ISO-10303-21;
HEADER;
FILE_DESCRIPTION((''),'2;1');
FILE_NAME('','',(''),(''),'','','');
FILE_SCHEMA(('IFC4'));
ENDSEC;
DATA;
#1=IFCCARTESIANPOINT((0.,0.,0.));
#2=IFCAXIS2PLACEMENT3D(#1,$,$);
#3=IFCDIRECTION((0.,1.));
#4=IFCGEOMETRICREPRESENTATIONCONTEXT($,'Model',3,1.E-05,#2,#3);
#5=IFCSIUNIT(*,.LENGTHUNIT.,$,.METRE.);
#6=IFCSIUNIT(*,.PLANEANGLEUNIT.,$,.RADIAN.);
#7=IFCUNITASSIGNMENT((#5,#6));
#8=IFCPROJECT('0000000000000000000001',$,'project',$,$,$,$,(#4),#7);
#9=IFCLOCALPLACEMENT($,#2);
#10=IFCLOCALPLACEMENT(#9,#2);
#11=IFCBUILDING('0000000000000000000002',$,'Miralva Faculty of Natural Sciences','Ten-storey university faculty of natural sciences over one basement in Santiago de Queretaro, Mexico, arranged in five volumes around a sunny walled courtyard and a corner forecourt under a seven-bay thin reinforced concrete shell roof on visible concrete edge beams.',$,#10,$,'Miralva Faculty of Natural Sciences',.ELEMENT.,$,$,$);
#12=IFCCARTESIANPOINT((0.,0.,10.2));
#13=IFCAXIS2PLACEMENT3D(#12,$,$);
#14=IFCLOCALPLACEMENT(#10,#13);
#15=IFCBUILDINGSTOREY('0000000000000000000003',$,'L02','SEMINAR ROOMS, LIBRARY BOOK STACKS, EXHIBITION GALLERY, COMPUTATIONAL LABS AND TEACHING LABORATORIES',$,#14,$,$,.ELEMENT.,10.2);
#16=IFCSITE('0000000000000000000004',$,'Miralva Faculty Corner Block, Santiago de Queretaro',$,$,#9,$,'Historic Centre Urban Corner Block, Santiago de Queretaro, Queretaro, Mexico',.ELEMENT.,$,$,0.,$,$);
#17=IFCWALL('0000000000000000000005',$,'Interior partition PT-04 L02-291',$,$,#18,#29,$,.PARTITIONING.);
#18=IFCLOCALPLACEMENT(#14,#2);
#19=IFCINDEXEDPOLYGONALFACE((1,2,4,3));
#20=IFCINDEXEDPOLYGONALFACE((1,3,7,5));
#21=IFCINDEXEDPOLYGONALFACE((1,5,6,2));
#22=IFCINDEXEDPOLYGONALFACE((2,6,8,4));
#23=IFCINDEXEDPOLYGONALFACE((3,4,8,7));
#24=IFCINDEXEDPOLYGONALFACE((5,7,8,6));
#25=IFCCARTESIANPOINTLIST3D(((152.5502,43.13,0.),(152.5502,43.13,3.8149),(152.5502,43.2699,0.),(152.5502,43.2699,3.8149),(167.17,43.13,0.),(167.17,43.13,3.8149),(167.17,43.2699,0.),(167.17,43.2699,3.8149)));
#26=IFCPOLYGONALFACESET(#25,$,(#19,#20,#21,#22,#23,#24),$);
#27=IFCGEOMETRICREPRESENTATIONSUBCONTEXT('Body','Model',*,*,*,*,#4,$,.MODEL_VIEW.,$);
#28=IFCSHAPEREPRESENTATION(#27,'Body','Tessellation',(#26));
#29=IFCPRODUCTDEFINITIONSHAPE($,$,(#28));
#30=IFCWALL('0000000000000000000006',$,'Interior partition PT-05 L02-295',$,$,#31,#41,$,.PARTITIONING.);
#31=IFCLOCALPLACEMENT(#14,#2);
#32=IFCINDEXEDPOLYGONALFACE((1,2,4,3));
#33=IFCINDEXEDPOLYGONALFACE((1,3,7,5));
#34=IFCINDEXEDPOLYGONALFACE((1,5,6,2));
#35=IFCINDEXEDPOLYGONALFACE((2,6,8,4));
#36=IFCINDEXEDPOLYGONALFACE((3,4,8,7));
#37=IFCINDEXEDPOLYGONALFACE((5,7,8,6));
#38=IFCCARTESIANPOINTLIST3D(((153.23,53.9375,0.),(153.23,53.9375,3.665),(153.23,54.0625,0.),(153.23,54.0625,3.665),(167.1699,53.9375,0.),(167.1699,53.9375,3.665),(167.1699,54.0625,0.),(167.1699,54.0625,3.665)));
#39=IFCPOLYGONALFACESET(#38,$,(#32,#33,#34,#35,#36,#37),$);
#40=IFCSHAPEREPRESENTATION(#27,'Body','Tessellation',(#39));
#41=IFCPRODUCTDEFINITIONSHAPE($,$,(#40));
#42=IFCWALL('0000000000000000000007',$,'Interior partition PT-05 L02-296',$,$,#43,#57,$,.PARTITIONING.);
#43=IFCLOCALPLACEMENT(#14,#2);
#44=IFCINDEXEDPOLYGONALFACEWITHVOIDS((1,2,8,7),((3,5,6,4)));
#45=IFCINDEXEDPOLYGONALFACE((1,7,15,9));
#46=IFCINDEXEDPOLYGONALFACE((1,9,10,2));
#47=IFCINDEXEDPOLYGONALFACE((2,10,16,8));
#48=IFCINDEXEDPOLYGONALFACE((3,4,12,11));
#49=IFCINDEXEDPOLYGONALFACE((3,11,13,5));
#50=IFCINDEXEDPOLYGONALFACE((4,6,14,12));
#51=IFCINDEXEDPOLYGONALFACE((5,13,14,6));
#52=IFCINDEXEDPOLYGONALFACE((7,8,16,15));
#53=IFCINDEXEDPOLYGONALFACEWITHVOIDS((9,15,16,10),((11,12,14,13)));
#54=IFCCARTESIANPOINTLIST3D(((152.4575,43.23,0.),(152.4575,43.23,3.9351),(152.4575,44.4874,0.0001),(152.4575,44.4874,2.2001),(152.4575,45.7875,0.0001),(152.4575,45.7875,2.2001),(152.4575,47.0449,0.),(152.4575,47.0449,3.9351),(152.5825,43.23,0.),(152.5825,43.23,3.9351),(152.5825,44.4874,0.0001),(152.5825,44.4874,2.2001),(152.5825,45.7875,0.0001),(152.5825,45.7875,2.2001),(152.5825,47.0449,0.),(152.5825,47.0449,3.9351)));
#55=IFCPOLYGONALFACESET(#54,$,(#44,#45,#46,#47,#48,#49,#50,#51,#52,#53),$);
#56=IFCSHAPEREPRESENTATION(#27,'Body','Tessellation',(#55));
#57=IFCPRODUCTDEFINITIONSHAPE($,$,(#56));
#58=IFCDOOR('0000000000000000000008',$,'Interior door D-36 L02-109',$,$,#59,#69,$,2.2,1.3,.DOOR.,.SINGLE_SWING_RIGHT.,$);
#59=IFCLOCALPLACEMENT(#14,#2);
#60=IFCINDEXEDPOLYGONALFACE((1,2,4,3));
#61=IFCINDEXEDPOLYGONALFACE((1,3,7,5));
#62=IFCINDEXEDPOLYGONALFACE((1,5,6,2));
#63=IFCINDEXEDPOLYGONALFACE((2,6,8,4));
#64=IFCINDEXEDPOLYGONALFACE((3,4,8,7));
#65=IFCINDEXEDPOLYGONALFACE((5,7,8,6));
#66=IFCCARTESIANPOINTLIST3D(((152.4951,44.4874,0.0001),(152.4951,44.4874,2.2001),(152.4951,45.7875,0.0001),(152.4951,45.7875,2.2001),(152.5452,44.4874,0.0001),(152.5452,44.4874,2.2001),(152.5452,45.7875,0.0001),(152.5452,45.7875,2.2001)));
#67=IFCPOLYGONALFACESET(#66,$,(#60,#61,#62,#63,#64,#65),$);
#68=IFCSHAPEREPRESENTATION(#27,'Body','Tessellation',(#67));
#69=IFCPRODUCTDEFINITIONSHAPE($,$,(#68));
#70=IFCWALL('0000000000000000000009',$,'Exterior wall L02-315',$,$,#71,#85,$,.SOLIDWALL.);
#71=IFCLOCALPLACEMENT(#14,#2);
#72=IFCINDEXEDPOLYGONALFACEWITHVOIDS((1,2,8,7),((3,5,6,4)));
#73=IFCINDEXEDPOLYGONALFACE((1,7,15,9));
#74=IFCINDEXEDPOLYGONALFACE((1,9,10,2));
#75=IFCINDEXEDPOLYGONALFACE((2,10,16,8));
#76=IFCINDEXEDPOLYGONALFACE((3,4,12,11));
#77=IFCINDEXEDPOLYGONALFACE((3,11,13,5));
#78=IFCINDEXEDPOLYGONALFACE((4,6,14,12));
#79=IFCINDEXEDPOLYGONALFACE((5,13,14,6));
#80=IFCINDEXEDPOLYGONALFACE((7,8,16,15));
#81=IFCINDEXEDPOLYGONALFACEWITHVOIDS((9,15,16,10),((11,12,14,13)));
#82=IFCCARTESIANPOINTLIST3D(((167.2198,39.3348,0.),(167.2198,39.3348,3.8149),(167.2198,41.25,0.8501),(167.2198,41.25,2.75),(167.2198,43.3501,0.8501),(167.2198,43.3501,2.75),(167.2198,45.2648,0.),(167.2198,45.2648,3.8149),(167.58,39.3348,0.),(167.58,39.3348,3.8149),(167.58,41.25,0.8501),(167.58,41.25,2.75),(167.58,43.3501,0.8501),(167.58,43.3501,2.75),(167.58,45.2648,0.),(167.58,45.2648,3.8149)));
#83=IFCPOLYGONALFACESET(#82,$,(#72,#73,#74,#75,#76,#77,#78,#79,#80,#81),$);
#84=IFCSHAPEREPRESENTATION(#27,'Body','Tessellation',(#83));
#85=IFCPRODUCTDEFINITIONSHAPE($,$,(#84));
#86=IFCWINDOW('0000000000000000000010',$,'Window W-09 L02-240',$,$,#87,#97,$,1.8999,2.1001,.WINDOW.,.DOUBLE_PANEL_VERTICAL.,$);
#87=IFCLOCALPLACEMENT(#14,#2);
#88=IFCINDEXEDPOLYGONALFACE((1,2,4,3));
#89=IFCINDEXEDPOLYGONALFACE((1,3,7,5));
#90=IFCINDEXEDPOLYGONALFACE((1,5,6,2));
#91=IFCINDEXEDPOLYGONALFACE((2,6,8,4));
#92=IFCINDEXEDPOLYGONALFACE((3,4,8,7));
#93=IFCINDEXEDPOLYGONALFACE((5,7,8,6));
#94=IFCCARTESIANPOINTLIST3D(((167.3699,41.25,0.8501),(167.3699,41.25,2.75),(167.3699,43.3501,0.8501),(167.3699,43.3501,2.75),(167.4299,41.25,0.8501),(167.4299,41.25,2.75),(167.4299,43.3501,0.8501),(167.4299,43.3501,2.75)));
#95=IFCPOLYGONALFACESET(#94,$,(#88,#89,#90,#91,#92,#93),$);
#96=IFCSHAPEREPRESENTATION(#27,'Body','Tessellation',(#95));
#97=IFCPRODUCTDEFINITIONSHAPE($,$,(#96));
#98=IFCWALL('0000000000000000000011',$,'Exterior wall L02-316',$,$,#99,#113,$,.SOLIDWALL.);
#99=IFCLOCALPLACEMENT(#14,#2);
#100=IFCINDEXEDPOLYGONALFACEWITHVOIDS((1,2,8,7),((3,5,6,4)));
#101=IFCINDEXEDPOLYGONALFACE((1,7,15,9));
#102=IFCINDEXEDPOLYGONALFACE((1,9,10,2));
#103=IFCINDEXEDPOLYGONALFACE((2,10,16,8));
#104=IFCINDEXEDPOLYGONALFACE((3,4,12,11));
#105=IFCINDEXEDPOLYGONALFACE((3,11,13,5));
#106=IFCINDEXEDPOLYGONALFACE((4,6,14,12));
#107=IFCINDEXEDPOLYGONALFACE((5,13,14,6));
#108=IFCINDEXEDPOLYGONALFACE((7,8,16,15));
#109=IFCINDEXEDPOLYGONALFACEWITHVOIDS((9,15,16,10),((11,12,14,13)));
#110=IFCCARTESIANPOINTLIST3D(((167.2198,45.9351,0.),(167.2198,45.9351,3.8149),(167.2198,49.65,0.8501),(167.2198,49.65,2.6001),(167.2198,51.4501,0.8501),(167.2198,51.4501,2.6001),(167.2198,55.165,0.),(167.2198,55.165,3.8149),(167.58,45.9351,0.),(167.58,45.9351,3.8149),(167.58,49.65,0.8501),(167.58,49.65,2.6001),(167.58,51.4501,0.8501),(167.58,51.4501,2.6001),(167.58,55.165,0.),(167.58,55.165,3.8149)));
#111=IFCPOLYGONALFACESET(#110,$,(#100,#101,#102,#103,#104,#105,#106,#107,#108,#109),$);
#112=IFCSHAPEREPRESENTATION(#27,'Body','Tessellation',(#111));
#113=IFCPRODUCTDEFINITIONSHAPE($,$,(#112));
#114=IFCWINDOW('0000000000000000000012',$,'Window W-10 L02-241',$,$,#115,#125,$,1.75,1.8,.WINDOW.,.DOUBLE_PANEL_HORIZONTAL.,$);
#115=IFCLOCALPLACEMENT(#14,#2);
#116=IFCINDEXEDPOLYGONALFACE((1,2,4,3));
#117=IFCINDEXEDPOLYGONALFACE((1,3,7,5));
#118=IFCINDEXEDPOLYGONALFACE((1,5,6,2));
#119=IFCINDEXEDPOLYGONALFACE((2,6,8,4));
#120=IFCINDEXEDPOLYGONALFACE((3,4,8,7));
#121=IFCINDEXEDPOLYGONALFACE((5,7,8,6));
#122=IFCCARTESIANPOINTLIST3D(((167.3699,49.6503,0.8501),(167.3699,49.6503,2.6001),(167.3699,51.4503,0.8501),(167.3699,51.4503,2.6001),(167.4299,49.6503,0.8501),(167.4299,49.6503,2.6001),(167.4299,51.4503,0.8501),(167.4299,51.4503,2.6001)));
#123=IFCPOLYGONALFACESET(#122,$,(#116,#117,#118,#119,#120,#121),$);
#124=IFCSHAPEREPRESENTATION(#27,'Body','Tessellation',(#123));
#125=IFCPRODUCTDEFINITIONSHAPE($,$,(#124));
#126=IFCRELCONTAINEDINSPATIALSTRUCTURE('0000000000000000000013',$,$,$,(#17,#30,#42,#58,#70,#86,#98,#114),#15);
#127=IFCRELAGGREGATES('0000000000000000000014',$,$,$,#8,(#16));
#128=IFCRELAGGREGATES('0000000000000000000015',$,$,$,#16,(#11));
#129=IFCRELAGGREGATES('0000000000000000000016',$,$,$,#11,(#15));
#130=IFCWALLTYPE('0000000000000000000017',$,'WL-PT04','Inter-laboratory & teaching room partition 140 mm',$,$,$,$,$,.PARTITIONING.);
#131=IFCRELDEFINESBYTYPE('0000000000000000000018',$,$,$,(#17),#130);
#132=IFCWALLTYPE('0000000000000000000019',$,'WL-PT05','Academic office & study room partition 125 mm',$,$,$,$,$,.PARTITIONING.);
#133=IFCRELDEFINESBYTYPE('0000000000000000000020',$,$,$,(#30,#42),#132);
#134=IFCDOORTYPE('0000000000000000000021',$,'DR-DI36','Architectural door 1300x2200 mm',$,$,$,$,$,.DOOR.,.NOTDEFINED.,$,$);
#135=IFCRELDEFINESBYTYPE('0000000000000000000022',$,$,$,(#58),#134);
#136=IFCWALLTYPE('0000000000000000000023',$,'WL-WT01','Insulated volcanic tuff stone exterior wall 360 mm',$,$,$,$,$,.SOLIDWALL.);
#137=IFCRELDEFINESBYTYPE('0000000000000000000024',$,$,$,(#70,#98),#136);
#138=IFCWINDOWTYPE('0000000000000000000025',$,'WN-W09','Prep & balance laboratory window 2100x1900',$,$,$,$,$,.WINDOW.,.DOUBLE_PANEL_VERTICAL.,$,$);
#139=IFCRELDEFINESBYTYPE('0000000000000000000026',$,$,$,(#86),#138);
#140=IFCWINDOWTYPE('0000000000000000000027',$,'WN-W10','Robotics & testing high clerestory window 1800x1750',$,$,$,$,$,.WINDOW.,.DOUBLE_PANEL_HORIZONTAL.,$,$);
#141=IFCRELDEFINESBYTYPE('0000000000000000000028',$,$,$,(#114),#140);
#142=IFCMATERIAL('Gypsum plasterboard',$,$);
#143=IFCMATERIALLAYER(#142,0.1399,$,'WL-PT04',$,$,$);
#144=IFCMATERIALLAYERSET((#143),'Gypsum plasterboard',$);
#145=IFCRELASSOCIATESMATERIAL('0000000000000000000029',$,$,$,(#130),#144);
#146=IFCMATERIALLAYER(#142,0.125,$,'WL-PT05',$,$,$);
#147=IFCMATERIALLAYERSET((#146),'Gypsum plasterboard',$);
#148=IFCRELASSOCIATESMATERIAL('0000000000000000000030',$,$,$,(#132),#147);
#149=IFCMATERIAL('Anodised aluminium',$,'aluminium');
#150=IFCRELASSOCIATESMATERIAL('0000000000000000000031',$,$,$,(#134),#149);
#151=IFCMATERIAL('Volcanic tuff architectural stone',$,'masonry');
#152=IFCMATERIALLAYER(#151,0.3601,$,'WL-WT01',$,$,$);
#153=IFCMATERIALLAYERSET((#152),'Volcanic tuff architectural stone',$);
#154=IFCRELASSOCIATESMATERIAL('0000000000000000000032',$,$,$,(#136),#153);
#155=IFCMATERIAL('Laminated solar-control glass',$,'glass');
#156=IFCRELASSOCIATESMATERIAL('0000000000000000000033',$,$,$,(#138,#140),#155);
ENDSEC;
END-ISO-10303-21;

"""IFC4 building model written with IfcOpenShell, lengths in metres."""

from ifc_helpers import new_model, si_unit, direction, frame, frame_2d, origin, place, context, subcontext, project, spatial, rectangle, extrude, material, layer, layer_set, type_object, element, fill, save


model = new_model("IFC4")

# Units and contexts
model_context = context("Model", 3, precision=1e-05, world=origin(), true_north=direction((0.0, 1.0)))
body_context = subcontext(model_context, "Body", "Model", "MODEL_VIEW")
ifc_project = project(units=[si_unit("LENGTHUNIT", "METRE"), si_unit("PLANEANGLEUNIT", "RADIAN")], contexts=[model_context])

# Site, building, storey
site_placement = place(None, origin())
site = spatial("IfcSite", under=ifc_project, at=site_placement, Name="Miralva Faculty Corner Block, Santiago de Queretaro", LongName="Historic Centre Urban Corner Block, Santiago de Queretaro, Queretaro, Mexico", CompositionType="ELEMENT", RefElevation=0.0)
building_placement = place(site_placement, origin())
building = spatial("IfcBuilding", under=site, at=building_placement, Name="Miralva Faculty of Natural Sciences", Description="Ten-storey university faculty of natural sciences over one basement in Santiago de Queretaro, Mexico, arranged in five volumes around a sunny walled courtyard and a corner forecourt under a seven-bay thin reinforced concrete shell roof on visible concrete edge beams.", LongName="Miralva Faculty of Natural Sciences", CompositionType="ELEMENT")
storey_placement = place(building_placement, frame((0.0, 0.0, 10.2)))
storey = spatial("IfcBuildingStorey", under=building, at=storey_placement, Name="L02", Description="SEMINAR ROOMS, LIBRARY BOOK STACKS, EXHIBITION GALLERY, COMPUTATIONAL LABS AND TEACHING LABORATORIES", CompositionType="ELEMENT", Elevation=10.2)

# Walls
ifc_material_1 = material(Name="Gypsum plasterboard")
ifc_layer_1 = layer(ifc_material_1, 0.1399, Name="WL-PT04")
ifc_layer_set_1 = layer_set([ifc_layer_1], Name="Gypsum plasterboard")
wall_type_1 = type_object("IfcWallType", Name="WL-PT04", Description="Inter-laboratory & teaching room partition 140 mm", PredefinedType="PARTITIONING", material=ifc_layer_set_1)
wall_1_placement = place(storey_placement, frame((152.55, 43.2, 0.0), z_axis=(0.0, 0.0, 1.0), x_axis=(1.0, 0.0, 0.0)))
element("IfcWall", 1, at=wall_1_placement, inside=storey, type_object=wall_type_1, Name="Interior partition PT-04 L02-291", PredefinedType="PARTITIONING", context=body_context, shape_type="SweptSolid", body=[
    extrude(rectangle(XDim=14.6199, YDim=0.1399, at=frame_2d((7.3101, 0.0))), origin(), (0.0, 0.0, 1.0), 3.8149),
])
ifc_layer_2 = layer(ifc_material_1, 0.125, Name="WL-PT05")
ifc_layer_set_2 = layer_set([ifc_layer_2], Name="Gypsum plasterboard")
wall_type_2 = type_object("IfcWallType", Name="WL-PT05", Description="Academic office & study room partition 125 mm", PredefinedType="PARTITIONING", material=ifc_layer_set_2)
wall_2_placement = place(storey_placement, frame((153.23, 54.0, 0.0), z_axis=(0.0, 0.0, 1.0), x_axis=(1.0, 0.0, 0.0)))
element("IfcWall", 2, at=wall_2_placement, inside=storey, type_object=wall_type_2, Name="Interior partition PT-05 L02-295", PredefinedType="PARTITIONING", context=body_context, shape_type="SweptSolid", body=[
    extrude(rectangle(XDim=13.9399, YDim=0.125, at=frame_2d((6.97, 0.0))), origin(), (0.0, 0.0, 1.0), 3.665),
])

# Wall, opening, door
wall_3_placement = place(storey_placement, frame((152.52, 43.23, 0.0), z_axis=(0.0, 0.0, 1.0), x_axis=(0.0, 1.0, 0.0)))
wall_3 = element("IfcWall", 3, at=wall_3_placement, inside=storey, type_object=wall_type_2, Name="Interior partition PT-05 L02-296", PredefinedType="PARTITIONING", context=body_context, shape_type="SweptSolid", body=[
    extrude(rectangle(XDim=3.8149, YDim=0.125, at=frame_2d((1.9075, 0.0))), origin(), (0.0, 0.0, 1.0), 3.9351),
])
opening_1_placement = place(wall_3_placement, frame((1.2576, 0.0, 0.0)))
opening_1 = element("IfcOpeningElement", 4, at=opening_1_placement, cuts=wall_3, PredefinedType="OPENING", context=body_context, shape_type="SweptSolid", body=[
    extrude(rectangle(XDim=1.3, YDim=2.2, at=frame_2d((0.6499, 1.1001))), frame((0.0, 0.0725, 0.0), z_axis=(0.0, -1.0, 0.0), x_axis=(1.0, 0.0, 0.0)), (0.0, 0.0, 1.0), 0.145),
])
ifc_material_2 = material(Name="Anodised aluminium", Category="aluminium")
door_type = type_object("IfcDoorType", Name="DR-DI36", Description="Architectural door 1300x2200 mm", OperationType="NOTDEFINED", PredefinedType="DOOR", material=ifc_material_2)
door_placement = place(opening_1_placement, origin())
door = element("IfcDoor", 5, at=door_placement, inside=storey, type_object=door_type, Name="Interior door D-36 L02-109", OperationType="SINGLE_SWING_RIGHT", OverallHeight=2.2, OverallWidth=1.3, PredefinedType="DOOR", context=body_context, shape_type="SweptSolid", body=[
    extrude(rectangle(XDim=1.3, YDim=2.2, at=frame_2d((0.6499, 1.1001))), frame((0.0, 0.0249, 0.0), z_axis=(0.0, -1.0, 0.0), x_axis=(1.0, 0.0, 0.0)), (0.0, 0.0, 1.0), 0.05),
])
fill(opening_1, door)

# Walls, openings, windows
ifc_material_3 = material(Name="Volcanic tuff architectural stone", Category="masonry")
ifc_layer_3 = layer(ifc_material_3, 0.3601, Name="WL-WT01")
ifc_layer_set_3 = layer_set([ifc_layer_3], Name="Volcanic tuff architectural stone")
wall_type_3 = type_object("IfcWallType", Name="WL-WT01", Description="Insulated volcanic tuff stone exterior wall 360 mm", PredefinedType="SOLIDWALL", material=ifc_layer_set_3)
wall_4_placement = place(storey_placement, frame((167.3999, 39.335, 0.0), z_axis=(0.0, 0.0, 1.0), x_axis=(0.0, 1.0, 0.0)))
wall_4 = element("IfcWall", 6, at=wall_4_placement, inside=storey, type_object=wall_type_3, Name="Exterior wall L02-315", PredefinedType="SOLIDWALL", context=body_context, shape_type="SweptSolid", body=[
    extrude(rectangle(XDim=5.9299, YDim=0.3601, at=frame_2d((2.9648, 0.0))), origin(), (0.0, 0.0, 1.0), 3.8149),
])
opening_2_placement = place(wall_4_placement, frame((1.915, 0.0, 0.8501)))
opening_2 = element("IfcOpeningElement", 7, at=opening_2_placement, cuts=wall_4, PredefinedType="OPENING", context=body_context, shape_type="SweptSolid", body=[
    extrude(rectangle(XDim=2.1001, YDim=1.8999, at=frame_2d((1.05, 0.95))), frame((0.0, 0.1899, 0.0), z_axis=(0.0, -1.0, 0.0), x_axis=(1.0, 0.0, 0.0)), (0.0, 0.0, 1.0), 0.3801),
])
ifc_material_4 = material(Name="Laminated solar-control glass", Category="glass")
window_type_1 = type_object("IfcWindowType", Name="WN-W09", Description="Prep & balance laboratory window 2100x1900", PartitioningType="DOUBLE_PANEL_VERTICAL", PredefinedType="WINDOW", material=ifc_material_4)
window_1_placement = place(opening_2_placement, frame((2.1001, 0.0, 0.0), z_axis=(0.0, 0.0, 1.0), x_axis=(-1.0, 0.0, 0.0)))
window_1 = element("IfcWindow", 8, at=window_1_placement, inside=storey, type_object=window_type_1, Name="Window W-09 L02-240", OverallHeight=1.8999, OverallWidth=2.1001, PartitioningType="DOUBLE_PANEL_VERTICAL", PredefinedType="WINDOW", context=body_context, shape_type="SweptSolid", body=[
    extrude(rectangle(XDim=2.1001, YDim=1.8999, at=frame_2d((1.05, 0.95))), frame((0.0, 0.03, 0.0), z_axis=(0.0, -1.0, 0.0), x_axis=(1.0, 0.0, 0.0)), (0.0, 0.0, 1.0), 0.0601),
])
fill(opening_2, window_1)
wall_5_placement = place(storey_placement, frame((167.3999, 45.9351, 0.0), z_axis=(0.0, 0.0, 1.0), x_axis=(0.0, 1.0, 0.0)))
wall_5 = element("IfcWall", 9, at=wall_5_placement, inside=storey, type_object=wall_type_3, Name="Exterior wall L02-316", PredefinedType="SOLIDWALL", context=body_context, shape_type="SweptSolid", body=[
    extrude(rectangle(XDim=9.23, YDim=0.3601, at=frame_2d((4.615, 0.0))), origin(), (0.0, 0.0, 1.0), 3.8149),
])
opening_3_placement = place(wall_5_placement, frame((3.7151, 0.0, 0.8501)))
opening_3 = element("IfcOpeningElement", 10, at=opening_3_placement, cuts=wall_5, PredefinedType="OPENING", context=body_context, shape_type="SweptSolid", body=[
    extrude(rectangle(XDim=1.8, YDim=1.75, at=frame_2d((0.8999, 0.875))), frame((0.0, 0.1899, 0.0), z_axis=(0.0, -1.0, 0.0), x_axis=(1.0, 0.0, 0.0)), (0.0, 0.0, 1.0), 0.3801),
])
window_type_2 = type_object("IfcWindowType", Name="WN-W10", Description="Robotics & testing high clerestory window 1800x1750", PartitioningType="DOUBLE_PANEL_HORIZONTAL", PredefinedType="WINDOW", material=ifc_material_4)
window_2_placement = place(opening_3_placement, frame((1.8, 0.0, 0.0), z_axis=(0.0, 0.0, 1.0), x_axis=(-1.0, 0.0, 0.0)))
window_2 = element("IfcWindow", 11, at=window_2_placement, inside=storey, type_object=window_type_2, Name="Window W-10 L02-241", OverallHeight=1.75, OverallWidth=1.8, PartitioningType="DOUBLE_PANEL_HORIZONTAL", PredefinedType="WINDOW", context=body_context, shape_type="SweptSolid", body=[
    extrude(rectangle(XDim=1.8, YDim=1.75, at=frame_2d((0.8999, 0.875))), frame((0.0, 0.03, 0.0), z_axis=(0.0, -1.0, 0.0), x_axis=(1.0, 0.0, 0.0)), (0.0, 0.0, 1.0), 0.0601),
])
fill(opening_3, window_2)

save(model, "model.ifc")
